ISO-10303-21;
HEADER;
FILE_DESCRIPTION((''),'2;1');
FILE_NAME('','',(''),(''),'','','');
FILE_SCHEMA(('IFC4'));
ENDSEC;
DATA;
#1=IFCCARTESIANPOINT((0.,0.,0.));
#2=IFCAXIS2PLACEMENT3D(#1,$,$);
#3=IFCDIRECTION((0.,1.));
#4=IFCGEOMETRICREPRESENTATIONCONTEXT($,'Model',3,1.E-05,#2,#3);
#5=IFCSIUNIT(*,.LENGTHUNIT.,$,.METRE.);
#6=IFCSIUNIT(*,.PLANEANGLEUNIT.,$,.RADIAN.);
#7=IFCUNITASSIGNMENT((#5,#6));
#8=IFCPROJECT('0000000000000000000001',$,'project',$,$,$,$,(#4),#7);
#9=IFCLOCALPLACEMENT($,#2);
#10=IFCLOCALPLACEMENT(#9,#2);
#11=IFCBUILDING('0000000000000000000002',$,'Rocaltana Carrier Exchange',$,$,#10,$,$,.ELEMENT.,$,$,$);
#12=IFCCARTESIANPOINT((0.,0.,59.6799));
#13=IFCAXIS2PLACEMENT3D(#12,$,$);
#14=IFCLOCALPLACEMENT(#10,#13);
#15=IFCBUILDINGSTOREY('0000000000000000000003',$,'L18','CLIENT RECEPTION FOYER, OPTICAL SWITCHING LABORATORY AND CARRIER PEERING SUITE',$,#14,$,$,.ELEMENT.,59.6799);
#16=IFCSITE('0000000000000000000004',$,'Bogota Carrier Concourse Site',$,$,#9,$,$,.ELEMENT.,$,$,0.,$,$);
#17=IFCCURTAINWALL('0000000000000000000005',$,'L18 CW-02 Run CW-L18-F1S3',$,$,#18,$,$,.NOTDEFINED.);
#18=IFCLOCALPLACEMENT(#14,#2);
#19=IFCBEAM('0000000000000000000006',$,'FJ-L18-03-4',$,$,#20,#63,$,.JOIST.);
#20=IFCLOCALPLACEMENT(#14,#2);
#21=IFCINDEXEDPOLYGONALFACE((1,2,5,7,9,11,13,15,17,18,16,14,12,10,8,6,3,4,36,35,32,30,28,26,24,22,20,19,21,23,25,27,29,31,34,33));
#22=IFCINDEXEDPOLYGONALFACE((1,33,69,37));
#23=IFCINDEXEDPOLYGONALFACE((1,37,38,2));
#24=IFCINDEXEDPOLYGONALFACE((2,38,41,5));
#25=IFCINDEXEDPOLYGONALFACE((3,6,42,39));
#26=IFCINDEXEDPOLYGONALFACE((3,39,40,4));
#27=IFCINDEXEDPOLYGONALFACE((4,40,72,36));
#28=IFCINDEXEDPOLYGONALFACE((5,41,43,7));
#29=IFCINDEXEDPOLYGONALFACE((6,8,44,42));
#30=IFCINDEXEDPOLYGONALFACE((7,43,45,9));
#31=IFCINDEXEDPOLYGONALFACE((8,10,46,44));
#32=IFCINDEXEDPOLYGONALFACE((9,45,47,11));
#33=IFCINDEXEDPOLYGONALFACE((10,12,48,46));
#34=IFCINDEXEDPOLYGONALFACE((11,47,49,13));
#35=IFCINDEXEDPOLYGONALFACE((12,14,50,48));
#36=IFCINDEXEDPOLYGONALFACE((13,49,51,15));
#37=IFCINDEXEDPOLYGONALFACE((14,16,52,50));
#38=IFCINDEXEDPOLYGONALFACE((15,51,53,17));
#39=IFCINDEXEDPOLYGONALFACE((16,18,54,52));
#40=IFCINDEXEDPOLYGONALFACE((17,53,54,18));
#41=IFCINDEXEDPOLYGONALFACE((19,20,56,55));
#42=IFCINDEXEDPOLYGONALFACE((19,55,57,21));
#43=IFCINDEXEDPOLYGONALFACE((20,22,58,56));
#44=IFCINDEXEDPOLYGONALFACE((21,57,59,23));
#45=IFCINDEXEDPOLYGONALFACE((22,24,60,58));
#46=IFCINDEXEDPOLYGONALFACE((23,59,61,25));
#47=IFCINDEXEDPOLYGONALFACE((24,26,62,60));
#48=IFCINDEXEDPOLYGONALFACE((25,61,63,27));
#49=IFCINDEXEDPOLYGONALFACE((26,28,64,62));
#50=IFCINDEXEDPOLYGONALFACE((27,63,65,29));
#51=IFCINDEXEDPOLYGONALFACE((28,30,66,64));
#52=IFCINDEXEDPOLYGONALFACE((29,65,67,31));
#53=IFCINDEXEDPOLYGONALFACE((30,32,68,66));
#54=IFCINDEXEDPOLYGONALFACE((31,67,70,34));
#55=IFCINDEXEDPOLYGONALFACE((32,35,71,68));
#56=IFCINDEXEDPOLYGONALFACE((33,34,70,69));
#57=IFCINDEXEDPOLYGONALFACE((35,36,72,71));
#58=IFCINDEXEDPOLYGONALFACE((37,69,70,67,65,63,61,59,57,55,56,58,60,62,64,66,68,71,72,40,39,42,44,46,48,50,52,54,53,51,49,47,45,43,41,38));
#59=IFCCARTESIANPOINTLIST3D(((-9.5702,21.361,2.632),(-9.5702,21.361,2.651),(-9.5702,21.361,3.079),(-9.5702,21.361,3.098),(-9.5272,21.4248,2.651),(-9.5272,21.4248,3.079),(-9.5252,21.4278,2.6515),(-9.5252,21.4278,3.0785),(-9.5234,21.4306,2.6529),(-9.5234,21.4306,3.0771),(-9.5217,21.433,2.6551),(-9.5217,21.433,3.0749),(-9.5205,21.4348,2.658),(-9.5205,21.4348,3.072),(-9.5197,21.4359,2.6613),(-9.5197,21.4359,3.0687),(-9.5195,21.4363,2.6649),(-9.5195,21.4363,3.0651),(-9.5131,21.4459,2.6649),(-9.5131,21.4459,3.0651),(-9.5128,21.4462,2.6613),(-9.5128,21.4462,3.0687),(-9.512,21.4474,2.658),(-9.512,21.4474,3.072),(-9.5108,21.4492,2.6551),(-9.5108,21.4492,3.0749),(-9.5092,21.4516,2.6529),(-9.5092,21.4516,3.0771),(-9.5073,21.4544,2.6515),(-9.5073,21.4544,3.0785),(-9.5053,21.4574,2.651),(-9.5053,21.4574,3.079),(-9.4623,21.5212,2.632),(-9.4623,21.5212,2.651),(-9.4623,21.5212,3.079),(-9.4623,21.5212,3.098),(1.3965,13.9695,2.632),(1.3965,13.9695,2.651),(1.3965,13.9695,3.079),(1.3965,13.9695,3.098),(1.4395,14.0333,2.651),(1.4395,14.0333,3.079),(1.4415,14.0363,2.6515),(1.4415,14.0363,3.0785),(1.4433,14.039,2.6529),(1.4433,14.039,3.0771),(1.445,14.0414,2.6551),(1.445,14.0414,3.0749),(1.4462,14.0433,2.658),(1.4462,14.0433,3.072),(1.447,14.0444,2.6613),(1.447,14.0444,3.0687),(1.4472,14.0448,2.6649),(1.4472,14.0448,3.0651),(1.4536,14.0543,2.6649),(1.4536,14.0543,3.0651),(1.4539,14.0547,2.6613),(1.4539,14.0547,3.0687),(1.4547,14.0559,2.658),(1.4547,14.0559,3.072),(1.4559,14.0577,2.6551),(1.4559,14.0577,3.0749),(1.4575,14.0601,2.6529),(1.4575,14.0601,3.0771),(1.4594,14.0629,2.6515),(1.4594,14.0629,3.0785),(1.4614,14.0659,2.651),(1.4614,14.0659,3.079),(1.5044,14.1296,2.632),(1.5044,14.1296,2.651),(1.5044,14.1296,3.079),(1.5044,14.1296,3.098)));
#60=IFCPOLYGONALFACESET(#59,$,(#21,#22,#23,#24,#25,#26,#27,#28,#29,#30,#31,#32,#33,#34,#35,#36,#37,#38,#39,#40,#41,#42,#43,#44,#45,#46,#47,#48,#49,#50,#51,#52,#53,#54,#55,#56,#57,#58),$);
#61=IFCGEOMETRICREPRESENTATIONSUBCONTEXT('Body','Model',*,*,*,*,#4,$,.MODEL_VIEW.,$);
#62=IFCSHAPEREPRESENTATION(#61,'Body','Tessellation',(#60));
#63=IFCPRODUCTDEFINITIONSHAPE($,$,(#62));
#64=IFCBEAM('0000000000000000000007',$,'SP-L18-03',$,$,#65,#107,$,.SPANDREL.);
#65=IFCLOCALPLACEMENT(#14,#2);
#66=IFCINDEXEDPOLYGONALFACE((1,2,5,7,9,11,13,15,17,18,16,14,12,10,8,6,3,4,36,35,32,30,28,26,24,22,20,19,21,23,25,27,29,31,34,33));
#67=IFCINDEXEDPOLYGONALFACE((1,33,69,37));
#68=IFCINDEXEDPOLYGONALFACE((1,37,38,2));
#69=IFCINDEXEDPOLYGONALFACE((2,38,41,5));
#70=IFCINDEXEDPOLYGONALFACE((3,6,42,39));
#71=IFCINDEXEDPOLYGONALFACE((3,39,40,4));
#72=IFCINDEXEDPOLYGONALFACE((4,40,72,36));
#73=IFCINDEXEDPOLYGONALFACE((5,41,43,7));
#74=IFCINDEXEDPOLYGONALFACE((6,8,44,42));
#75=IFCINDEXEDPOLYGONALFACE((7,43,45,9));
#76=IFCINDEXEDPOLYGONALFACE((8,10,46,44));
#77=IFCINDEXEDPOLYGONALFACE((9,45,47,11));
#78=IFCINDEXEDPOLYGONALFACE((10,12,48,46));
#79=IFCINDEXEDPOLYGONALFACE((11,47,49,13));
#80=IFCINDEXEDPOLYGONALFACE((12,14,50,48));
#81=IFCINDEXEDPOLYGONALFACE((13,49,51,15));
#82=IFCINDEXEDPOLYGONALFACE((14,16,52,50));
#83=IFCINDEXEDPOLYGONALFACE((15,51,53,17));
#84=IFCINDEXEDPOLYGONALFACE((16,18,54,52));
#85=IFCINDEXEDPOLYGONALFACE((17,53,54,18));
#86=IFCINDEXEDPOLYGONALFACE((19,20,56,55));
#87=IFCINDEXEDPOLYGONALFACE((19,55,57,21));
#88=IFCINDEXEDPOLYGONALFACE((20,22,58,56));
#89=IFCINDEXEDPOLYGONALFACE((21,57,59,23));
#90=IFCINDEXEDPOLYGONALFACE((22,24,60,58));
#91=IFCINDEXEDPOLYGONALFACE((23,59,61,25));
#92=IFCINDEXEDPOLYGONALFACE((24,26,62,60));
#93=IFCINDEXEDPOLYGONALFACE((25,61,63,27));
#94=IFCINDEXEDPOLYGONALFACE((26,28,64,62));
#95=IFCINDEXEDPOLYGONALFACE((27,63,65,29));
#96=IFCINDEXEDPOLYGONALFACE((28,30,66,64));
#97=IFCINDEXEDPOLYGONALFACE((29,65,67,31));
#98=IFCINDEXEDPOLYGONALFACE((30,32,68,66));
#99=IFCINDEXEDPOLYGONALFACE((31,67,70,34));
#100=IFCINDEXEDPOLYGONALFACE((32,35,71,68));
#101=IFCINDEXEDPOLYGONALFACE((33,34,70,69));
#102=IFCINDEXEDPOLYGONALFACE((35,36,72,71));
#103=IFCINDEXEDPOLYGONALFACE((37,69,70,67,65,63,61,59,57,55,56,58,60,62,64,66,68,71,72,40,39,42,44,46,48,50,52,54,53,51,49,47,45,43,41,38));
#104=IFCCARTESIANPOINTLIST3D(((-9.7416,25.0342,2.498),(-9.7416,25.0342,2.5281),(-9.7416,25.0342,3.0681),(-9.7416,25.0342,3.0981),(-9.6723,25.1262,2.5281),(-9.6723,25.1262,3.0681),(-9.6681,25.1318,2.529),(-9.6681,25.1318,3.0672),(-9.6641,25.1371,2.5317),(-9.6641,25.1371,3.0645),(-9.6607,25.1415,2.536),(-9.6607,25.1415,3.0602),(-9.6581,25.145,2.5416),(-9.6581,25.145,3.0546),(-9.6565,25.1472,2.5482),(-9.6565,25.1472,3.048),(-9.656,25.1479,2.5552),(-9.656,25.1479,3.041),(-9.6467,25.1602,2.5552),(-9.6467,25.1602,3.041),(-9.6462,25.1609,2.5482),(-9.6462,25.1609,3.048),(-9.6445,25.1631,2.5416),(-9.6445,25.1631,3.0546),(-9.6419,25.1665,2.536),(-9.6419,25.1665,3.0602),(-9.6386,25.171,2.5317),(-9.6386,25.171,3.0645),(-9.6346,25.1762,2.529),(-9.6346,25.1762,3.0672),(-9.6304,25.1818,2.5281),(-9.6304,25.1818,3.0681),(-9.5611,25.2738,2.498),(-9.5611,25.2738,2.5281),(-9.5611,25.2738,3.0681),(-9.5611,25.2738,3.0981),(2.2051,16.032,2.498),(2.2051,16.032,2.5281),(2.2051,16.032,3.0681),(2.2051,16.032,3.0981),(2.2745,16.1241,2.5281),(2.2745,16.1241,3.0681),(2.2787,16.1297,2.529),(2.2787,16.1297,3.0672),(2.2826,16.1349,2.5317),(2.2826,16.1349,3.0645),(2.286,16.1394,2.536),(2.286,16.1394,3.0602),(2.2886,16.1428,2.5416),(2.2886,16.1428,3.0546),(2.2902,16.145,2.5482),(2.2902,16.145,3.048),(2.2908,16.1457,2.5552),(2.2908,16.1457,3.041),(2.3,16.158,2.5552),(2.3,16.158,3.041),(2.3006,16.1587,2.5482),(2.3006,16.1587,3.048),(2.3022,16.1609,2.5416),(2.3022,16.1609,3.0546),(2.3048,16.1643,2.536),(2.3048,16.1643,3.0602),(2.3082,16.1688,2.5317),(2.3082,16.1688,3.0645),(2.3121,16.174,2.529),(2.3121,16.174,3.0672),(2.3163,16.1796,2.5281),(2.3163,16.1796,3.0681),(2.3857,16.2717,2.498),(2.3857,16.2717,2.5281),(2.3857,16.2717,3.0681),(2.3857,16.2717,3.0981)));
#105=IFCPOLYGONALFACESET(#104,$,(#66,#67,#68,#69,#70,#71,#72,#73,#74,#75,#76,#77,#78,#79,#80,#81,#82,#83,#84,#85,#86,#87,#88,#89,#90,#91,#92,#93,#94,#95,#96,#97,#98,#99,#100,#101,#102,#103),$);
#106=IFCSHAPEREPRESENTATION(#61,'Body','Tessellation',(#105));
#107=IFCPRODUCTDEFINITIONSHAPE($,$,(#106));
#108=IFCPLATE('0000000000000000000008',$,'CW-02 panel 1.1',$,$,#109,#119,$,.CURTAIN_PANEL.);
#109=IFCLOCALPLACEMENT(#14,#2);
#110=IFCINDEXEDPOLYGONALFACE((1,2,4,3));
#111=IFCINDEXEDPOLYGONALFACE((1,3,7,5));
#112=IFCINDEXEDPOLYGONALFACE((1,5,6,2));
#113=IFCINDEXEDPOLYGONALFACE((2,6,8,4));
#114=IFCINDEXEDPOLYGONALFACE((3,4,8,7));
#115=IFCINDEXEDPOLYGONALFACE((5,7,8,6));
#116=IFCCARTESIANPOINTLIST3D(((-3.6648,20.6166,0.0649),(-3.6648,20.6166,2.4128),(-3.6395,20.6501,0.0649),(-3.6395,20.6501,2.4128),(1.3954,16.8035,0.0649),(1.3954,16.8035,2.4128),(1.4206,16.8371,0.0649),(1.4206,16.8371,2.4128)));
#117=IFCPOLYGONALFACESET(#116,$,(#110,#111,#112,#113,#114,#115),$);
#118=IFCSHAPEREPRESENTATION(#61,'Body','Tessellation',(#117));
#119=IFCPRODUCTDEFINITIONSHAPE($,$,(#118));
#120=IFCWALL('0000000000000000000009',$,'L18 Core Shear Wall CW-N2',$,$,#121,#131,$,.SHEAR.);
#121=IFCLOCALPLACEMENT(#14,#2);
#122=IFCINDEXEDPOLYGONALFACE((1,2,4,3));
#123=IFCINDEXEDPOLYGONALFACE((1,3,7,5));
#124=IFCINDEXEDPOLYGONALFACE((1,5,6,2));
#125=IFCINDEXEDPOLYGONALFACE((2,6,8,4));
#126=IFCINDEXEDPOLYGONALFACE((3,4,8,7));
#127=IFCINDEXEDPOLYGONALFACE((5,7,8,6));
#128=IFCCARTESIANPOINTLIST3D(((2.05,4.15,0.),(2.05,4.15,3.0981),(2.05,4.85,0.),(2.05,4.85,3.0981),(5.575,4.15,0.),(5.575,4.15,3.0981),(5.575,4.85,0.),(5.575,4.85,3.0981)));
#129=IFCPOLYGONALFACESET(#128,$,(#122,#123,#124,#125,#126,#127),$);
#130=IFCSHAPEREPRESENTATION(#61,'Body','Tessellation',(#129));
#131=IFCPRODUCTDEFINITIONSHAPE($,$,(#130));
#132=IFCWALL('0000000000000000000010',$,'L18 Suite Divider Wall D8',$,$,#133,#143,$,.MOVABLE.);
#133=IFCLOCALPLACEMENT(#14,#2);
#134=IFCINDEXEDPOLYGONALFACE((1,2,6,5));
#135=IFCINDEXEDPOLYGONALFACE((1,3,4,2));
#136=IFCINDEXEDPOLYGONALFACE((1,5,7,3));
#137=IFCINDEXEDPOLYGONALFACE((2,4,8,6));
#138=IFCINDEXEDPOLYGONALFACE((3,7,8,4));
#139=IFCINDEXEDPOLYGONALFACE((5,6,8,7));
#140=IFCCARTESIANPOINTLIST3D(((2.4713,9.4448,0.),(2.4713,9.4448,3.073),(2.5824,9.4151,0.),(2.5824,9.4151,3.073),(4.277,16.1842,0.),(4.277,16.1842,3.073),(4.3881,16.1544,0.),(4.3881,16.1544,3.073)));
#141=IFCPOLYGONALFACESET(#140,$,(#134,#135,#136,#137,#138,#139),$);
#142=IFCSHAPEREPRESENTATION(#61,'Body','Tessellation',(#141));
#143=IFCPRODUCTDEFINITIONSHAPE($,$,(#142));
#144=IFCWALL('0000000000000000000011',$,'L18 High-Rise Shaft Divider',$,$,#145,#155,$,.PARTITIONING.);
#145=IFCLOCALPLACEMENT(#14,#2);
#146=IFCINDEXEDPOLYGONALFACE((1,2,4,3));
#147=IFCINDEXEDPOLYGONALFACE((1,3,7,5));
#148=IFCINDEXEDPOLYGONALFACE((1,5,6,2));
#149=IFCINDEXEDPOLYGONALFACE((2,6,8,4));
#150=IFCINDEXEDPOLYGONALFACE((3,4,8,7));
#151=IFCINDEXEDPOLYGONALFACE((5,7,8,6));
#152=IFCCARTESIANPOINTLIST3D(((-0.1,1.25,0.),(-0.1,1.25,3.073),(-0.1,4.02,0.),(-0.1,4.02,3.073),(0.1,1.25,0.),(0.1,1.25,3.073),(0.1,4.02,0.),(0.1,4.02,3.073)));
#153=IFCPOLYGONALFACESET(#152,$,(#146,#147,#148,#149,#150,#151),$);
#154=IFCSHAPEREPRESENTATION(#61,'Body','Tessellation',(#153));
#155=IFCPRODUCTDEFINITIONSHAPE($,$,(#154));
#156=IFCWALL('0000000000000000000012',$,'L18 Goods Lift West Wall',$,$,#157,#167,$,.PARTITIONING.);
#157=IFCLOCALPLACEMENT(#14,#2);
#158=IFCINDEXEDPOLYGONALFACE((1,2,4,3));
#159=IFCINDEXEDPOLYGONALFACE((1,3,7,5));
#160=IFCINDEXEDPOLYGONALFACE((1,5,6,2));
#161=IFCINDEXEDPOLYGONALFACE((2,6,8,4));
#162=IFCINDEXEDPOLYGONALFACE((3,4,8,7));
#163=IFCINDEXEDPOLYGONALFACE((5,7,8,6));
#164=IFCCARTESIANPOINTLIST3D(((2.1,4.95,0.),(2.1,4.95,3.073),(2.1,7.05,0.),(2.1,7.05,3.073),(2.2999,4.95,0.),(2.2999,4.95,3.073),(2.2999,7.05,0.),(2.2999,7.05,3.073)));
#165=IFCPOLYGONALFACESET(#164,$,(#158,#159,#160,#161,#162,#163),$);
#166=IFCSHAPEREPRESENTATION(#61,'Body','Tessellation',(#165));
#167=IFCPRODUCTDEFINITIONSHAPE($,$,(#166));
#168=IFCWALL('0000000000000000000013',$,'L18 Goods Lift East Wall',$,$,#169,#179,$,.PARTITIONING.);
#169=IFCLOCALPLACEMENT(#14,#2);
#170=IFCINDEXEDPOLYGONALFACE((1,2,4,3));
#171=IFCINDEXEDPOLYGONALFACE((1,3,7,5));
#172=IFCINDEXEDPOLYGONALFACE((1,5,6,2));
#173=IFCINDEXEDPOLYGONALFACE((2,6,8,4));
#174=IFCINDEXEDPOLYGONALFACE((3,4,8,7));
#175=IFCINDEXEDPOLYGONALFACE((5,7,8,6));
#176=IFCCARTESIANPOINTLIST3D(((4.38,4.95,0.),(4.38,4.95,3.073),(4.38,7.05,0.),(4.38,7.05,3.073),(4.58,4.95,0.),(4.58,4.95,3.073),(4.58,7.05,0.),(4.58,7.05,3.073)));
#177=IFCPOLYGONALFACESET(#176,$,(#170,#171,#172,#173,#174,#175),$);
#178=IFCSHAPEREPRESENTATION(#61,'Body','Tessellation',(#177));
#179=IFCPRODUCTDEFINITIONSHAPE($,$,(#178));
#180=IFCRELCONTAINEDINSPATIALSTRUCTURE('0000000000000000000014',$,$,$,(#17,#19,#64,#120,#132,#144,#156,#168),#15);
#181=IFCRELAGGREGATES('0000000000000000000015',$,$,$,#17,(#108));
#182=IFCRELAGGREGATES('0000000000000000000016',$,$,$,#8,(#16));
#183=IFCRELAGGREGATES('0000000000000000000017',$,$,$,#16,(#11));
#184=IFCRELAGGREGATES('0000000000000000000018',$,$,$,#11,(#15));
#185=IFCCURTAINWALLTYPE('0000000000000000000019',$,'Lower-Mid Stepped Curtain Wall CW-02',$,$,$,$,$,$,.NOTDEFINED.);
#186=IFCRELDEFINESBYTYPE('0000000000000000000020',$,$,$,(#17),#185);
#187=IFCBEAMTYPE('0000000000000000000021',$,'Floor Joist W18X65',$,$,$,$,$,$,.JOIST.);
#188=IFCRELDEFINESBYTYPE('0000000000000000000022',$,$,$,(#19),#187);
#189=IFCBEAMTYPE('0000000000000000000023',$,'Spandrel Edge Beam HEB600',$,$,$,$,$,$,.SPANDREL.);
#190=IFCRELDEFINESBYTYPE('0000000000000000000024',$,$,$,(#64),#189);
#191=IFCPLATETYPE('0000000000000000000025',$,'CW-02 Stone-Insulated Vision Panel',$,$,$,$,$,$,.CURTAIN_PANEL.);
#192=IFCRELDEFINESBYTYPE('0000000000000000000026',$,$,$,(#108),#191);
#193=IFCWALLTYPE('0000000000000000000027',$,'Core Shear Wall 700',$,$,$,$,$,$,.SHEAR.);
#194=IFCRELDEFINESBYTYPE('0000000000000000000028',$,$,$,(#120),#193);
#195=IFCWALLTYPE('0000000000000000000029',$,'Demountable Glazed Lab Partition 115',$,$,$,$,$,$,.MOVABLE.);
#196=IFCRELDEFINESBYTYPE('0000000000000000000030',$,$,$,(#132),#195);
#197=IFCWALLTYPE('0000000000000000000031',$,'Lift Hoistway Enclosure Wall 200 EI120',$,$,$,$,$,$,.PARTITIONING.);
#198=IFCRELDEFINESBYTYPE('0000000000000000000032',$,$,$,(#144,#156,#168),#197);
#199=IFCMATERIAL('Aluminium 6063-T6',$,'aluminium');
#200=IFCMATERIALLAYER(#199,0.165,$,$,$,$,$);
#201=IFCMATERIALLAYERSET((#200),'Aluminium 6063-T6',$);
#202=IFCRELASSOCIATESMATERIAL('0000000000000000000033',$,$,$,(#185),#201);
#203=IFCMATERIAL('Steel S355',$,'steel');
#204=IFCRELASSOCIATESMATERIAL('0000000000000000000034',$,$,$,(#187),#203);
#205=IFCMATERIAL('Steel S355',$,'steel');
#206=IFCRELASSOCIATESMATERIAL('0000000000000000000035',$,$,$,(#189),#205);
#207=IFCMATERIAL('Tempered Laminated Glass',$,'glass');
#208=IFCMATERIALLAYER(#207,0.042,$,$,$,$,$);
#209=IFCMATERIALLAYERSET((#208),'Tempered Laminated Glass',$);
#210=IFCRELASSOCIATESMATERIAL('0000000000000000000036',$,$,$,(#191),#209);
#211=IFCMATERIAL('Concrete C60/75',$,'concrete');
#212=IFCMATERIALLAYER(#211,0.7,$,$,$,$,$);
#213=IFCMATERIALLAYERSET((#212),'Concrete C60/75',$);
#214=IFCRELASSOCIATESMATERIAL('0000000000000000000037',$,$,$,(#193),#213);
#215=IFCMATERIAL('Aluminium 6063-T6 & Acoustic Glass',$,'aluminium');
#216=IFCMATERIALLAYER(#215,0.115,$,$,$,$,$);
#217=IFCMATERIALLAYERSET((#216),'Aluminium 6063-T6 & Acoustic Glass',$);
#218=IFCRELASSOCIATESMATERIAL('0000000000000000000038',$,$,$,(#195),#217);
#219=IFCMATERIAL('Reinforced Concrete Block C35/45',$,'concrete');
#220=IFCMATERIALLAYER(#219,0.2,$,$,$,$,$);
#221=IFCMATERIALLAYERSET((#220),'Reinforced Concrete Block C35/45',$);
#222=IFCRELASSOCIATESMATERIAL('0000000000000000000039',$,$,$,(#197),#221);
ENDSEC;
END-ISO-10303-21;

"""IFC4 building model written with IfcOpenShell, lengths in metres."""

from ifc_helpers import new_model, si_unit, direction, frame, frame_2d, origin, origin_2d, place, context, subcontext, project, spatial, rectangle, i_section, extrude, material, layer, layer_set, material_profile, profile_set, type_object, element, aggregate, save


model = new_model("IFC4")

# Units and contexts
model_context = context("Model", 3, precision=1e-05, world=origin(), true_north=direction((0.0, 1.0)))
body_context = subcontext(model_context, "Body", "Model", "MODEL_VIEW")
ifc_project = project(units=[si_unit("LENGTHUNIT", "METRE"), si_unit("PLANEANGLEUNIT", "RADIAN")], contexts=[model_context])

# Site, building, storey
site_placement = place(None, origin())
site = spatial("IfcSite", under=ifc_project, at=site_placement, Name="Bogota Carrier Concourse Site", CompositionType="ELEMENT", RefElevation=0.0)
building_placement = place(site_placement, origin())
building = spatial("IfcBuilding", under=site, at=building_placement, Name="Rocaltana Carrier Exchange", CompositionType="ELEMENT")
storey_placement = place(building_placement, frame((0.0, 0.0, 59.6799)))
storey = spatial("IfcBuildingStorey", under=building, at=storey_placement, Name="L18", Description="CLIENT RECEPTION FOYER, OPTICAL SWITCHING LABORATORY AND CARRIER PEERING SUITE", CompositionType="ELEMENT", Elevation=59.6799)

# Shared definitions
ifc_material_1 = material(Name="Aluminium 6063-T6", Category="aluminium")
ifc_layer_1 = layer(ifc_material_1, 0.165)
ifc_layer_set_1 = layer_set([ifc_layer_1], Name="Aluminium 6063-T6")
curtain_wall_type = type_object("IfcCurtainWallType", Name="Lower-Mid Stepped Curtain Wall CW-02", PredefinedType="NOTDEFINED", material=ifc_layer_set_1)

# Curtain wall
curtain_wall_1_placement = place(storey_placement, origin())
curtain_wall_1 = element("IfcCurtainWall", 1, at=curtain_wall_1_placement, inside=storey, type_object=curtain_wall_type, Name="L18 CW-02 Run CW-L18-F1S3", PredefinedType="NOTDEFINED")

# Beams
ifc_material_2 = material(Name="Steel S355", Category="steel")
ifc_material_profile_1 = material_profile(ifc_material_2, i_section(OverallWidth=0.1931, OverallDepth=0.4661, WebThickness=0.0115, FlangeThickness=0.019, FilletRadius=0.0139, at=origin_2d()), Name="W18X65")
ifc_profile_set_1 = profile_set([ifc_material_profile_1], Name="Steel S355")
beam_type_1 = type_object("IfcBeamType", Name="Floor Joist W18X65", PredefinedType="JOIST", material=ifc_profile_set_1)
beam_1_placement = place(storey_placement, frame((1.4504, 14.0496, 2.865), z_axis=(-0.829234, 0.558902, 0.0), x_axis=(-0.558902, -0.829234, 0.0)))
element("IfcBeam", 2, at=beam_1_placement, inside=storey, type_object=beam_type_1, Name="FJ-L18-03-4", PredefinedType="JOIST", context=body_context, shape_type="SweptSolid", body=[
    extrude(i_section(OverallWidth=0.1931, OverallDepth=0.4661, WebThickness=0.0115, FlangeThickness=0.019, FilletRadius=0.0139, at=origin_2d()), origin(), (0.0, 0.0, 1.0), 13.2251),
])
ifc_material_3 = material(Name="Steel S355", Category="steel")
ifc_material_profile_2 = material_profile(ifc_material_3, i_section(OverallWidth=0.3, OverallDepth=0.6001, WebThickness=0.0154, FlangeThickness=0.03, FilletRadius=0.0271, at=origin_2d()), Name="HEB600")
ifc_profile_set_2 = profile_set([ifc_material_profile_2], Name="Steel S355")
beam_type_2 = type_object("IfcBeamType", Name="Spandrel Edge Beam HEB600", PredefinedType="SPANDREL", material=ifc_profile_set_2)
beam_2_placement = place(storey_placement, frame((2.2954, 16.1519, 2.7981), z_axis=(-0.798647, 0.6018, 0.0), x_axis=(-0.6018, -0.798647, 0.0)))
element("IfcBeam", 3, at=beam_2_placement, inside=storey, type_object=beam_type_2, Name="SP-L18-03", PredefinedType="SPANDREL", context=body_context, shape_type="SweptSolid", body=[
    extrude(i_section(OverallWidth=0.3, OverallDepth=0.6001, WebThickness=0.0154, FlangeThickness=0.03, FilletRadius=0.0271, at=origin_2d()), origin(), (0.0, 0.0, 1.0), 14.9587),
])

# Plate
ifc_material_4 = material(Name="Tempered Laminated Glass", Category="glass")
ifc_layer_2 = layer(ifc_material_4, 0.042)
ifc_layer_set_2 = layer_set([ifc_layer_2], Name="Tempered Laminated Glass")
plate_type = type_object("IfcPlateType", Name="CW-02 Stone-Insulated Vision Panel", PredefinedType="CURTAIN_PANEL", material=ifc_layer_set_2)
plate_placement = place(storey_placement, frame((-1.1221, 18.7268, 0.0649), z_axis=(0.0, 0.0, 1.0), x_axis=(-0.798638, 0.601812, 0.0)))
plate = element("IfcPlate", 4, at=plate_placement, type_object=plate_type, Name="CW-02 panel 1.1", PredefinedType="CURTAIN_PANEL", context=body_context, shape_type="SweptSolid", body=[
    extrude(rectangle(XDim=6.3359, YDim=0.042, at=origin_2d()), origin(), (0.0, 0.0, 1.0), 2.3479),
])
aggregate(curtain_wall_1, [plate])

# Walls
ifc_material_5 = material(Name="Concrete C60/75", Category="concrete")
ifc_layer_3 = layer(ifc_material_5, 0.7)
ifc_layer_set_3 = layer_set([ifc_layer_3], Name="Concrete C60/75")
wall_type_1 = type_object("IfcWallType", Name="Core Shear Wall 700", PredefinedType="SHEAR", material=ifc_layer_set_3)
wall_1_placement = place(storey_placement, frame((2.05, 4.5, 0.0), z_axis=(0.0, 0.0, 1.0), x_axis=(1.0, 0.0, 0.0)))
element("IfcWall", 5, at=wall_1_placement, inside=storey, type_object=wall_type_1, Name="L18 Core Shear Wall CW-N2", PredefinedType="SHEAR", context=body_context, shape_type="SweptSolid", body=[
    extrude(rectangle(XDim=3.5249, YDim=0.7, at=frame_2d((1.7625, 0.0))), origin(), (0.0, 0.0, 1.0), 3.0981),
])
ifc_material_6 = material(Name="Aluminium 6063-T6 & Acoustic Glass", Category="aluminium")
ifc_layer_4 = layer(ifc_material_6, 0.115)
ifc_layer_set_4 = layer_set([ifc_layer_4], Name="Aluminium 6063-T6 & Acoustic Glass")
wall_type_2 = type_object("IfcWallType", Name="Demountable Glazed Lab Partition 115", PredefinedType="MOVABLE", material=ifc_layer_set_4)
wall_2_placement = place(storey_placement, frame((2.5269, 9.4299, 0.0), z_axis=(0.0, 0.0, 1.0), x_axis=(0.258804, 0.96593, 0.0)))
element("IfcWall", 6, at=wall_2_placement, inside=storey, type_object=wall_type_2, Name="L18 Suite Divider Wall D8", PredefinedType="MOVABLE", context=body_context, shape_type="SweptSolid", body=[
    extrude(rectangle(XDim=6.9771, YDim=0.115, at=frame_2d((3.4885, 0.0))), origin(), (0.0, 0.0, 1.0), 3.073),
])
ifc_material_7 = material(Name="Reinforced Concrete Block C35/45", Category="concrete")
ifc_layer_5 = layer(ifc_material_7, 0.2)
ifc_layer_set_5 = layer_set([ifc_layer_5], Name="Reinforced Concrete Block C35/45")
wall_type_3 = type_object("IfcWallType", Name="Lift Hoistway Enclosure Wall 200 EI120", PredefinedType="PARTITIONING", material=ifc_layer_set_5)
wall_3_placement = place(storey_placement, frame((0.0, 1.25, 0.0), z_axis=(0.0, 0.0, 1.0), x_axis=(0.0, 1.0, 0.0)))
element("IfcWall", 7, at=wall_3_placement, inside=storey, type_object=wall_type_3, Name="L18 High-Rise Shaft Divider", PredefinedType="PARTITIONING", context=body_context, shape_type="SweptSolid", body=[
    extrude(rectangle(XDim=2.77, YDim=0.2, at=frame_2d((1.385, 0.0))), origin(), (0.0, 0.0, 1.0), 3.073),
])
for number, where, z_axis, x_axis, name in (
    (8, (2.2, 4.95, 0.0), (0.0, 0.0, 1.0), (0.0, 1.0, 0.0), "L18 Goods Lift West Wall"),
    (9, (4.48, 4.95, 0.0), (0.0, 0.0, 1.0), (0.0, 1.0, 0.0), "L18 Goods Lift East Wall"),
):
    element("IfcWall", number, at=place(storey_placement, frame(where, z_axis=z_axis, x_axis=x_axis)), inside=storey, type_object=wall_type_3, Name=name, PredefinedType="PARTITIONING", context=body_context, shape_type="SweptSolid", body=[
        extrude(rectangle(XDim=2.1001, YDim=0.2, at=frame_2d((1.05, 0.0))), origin(), (0.0, 0.0, 1.0), 3.073),
    ])

save(model, "model.ifc")
